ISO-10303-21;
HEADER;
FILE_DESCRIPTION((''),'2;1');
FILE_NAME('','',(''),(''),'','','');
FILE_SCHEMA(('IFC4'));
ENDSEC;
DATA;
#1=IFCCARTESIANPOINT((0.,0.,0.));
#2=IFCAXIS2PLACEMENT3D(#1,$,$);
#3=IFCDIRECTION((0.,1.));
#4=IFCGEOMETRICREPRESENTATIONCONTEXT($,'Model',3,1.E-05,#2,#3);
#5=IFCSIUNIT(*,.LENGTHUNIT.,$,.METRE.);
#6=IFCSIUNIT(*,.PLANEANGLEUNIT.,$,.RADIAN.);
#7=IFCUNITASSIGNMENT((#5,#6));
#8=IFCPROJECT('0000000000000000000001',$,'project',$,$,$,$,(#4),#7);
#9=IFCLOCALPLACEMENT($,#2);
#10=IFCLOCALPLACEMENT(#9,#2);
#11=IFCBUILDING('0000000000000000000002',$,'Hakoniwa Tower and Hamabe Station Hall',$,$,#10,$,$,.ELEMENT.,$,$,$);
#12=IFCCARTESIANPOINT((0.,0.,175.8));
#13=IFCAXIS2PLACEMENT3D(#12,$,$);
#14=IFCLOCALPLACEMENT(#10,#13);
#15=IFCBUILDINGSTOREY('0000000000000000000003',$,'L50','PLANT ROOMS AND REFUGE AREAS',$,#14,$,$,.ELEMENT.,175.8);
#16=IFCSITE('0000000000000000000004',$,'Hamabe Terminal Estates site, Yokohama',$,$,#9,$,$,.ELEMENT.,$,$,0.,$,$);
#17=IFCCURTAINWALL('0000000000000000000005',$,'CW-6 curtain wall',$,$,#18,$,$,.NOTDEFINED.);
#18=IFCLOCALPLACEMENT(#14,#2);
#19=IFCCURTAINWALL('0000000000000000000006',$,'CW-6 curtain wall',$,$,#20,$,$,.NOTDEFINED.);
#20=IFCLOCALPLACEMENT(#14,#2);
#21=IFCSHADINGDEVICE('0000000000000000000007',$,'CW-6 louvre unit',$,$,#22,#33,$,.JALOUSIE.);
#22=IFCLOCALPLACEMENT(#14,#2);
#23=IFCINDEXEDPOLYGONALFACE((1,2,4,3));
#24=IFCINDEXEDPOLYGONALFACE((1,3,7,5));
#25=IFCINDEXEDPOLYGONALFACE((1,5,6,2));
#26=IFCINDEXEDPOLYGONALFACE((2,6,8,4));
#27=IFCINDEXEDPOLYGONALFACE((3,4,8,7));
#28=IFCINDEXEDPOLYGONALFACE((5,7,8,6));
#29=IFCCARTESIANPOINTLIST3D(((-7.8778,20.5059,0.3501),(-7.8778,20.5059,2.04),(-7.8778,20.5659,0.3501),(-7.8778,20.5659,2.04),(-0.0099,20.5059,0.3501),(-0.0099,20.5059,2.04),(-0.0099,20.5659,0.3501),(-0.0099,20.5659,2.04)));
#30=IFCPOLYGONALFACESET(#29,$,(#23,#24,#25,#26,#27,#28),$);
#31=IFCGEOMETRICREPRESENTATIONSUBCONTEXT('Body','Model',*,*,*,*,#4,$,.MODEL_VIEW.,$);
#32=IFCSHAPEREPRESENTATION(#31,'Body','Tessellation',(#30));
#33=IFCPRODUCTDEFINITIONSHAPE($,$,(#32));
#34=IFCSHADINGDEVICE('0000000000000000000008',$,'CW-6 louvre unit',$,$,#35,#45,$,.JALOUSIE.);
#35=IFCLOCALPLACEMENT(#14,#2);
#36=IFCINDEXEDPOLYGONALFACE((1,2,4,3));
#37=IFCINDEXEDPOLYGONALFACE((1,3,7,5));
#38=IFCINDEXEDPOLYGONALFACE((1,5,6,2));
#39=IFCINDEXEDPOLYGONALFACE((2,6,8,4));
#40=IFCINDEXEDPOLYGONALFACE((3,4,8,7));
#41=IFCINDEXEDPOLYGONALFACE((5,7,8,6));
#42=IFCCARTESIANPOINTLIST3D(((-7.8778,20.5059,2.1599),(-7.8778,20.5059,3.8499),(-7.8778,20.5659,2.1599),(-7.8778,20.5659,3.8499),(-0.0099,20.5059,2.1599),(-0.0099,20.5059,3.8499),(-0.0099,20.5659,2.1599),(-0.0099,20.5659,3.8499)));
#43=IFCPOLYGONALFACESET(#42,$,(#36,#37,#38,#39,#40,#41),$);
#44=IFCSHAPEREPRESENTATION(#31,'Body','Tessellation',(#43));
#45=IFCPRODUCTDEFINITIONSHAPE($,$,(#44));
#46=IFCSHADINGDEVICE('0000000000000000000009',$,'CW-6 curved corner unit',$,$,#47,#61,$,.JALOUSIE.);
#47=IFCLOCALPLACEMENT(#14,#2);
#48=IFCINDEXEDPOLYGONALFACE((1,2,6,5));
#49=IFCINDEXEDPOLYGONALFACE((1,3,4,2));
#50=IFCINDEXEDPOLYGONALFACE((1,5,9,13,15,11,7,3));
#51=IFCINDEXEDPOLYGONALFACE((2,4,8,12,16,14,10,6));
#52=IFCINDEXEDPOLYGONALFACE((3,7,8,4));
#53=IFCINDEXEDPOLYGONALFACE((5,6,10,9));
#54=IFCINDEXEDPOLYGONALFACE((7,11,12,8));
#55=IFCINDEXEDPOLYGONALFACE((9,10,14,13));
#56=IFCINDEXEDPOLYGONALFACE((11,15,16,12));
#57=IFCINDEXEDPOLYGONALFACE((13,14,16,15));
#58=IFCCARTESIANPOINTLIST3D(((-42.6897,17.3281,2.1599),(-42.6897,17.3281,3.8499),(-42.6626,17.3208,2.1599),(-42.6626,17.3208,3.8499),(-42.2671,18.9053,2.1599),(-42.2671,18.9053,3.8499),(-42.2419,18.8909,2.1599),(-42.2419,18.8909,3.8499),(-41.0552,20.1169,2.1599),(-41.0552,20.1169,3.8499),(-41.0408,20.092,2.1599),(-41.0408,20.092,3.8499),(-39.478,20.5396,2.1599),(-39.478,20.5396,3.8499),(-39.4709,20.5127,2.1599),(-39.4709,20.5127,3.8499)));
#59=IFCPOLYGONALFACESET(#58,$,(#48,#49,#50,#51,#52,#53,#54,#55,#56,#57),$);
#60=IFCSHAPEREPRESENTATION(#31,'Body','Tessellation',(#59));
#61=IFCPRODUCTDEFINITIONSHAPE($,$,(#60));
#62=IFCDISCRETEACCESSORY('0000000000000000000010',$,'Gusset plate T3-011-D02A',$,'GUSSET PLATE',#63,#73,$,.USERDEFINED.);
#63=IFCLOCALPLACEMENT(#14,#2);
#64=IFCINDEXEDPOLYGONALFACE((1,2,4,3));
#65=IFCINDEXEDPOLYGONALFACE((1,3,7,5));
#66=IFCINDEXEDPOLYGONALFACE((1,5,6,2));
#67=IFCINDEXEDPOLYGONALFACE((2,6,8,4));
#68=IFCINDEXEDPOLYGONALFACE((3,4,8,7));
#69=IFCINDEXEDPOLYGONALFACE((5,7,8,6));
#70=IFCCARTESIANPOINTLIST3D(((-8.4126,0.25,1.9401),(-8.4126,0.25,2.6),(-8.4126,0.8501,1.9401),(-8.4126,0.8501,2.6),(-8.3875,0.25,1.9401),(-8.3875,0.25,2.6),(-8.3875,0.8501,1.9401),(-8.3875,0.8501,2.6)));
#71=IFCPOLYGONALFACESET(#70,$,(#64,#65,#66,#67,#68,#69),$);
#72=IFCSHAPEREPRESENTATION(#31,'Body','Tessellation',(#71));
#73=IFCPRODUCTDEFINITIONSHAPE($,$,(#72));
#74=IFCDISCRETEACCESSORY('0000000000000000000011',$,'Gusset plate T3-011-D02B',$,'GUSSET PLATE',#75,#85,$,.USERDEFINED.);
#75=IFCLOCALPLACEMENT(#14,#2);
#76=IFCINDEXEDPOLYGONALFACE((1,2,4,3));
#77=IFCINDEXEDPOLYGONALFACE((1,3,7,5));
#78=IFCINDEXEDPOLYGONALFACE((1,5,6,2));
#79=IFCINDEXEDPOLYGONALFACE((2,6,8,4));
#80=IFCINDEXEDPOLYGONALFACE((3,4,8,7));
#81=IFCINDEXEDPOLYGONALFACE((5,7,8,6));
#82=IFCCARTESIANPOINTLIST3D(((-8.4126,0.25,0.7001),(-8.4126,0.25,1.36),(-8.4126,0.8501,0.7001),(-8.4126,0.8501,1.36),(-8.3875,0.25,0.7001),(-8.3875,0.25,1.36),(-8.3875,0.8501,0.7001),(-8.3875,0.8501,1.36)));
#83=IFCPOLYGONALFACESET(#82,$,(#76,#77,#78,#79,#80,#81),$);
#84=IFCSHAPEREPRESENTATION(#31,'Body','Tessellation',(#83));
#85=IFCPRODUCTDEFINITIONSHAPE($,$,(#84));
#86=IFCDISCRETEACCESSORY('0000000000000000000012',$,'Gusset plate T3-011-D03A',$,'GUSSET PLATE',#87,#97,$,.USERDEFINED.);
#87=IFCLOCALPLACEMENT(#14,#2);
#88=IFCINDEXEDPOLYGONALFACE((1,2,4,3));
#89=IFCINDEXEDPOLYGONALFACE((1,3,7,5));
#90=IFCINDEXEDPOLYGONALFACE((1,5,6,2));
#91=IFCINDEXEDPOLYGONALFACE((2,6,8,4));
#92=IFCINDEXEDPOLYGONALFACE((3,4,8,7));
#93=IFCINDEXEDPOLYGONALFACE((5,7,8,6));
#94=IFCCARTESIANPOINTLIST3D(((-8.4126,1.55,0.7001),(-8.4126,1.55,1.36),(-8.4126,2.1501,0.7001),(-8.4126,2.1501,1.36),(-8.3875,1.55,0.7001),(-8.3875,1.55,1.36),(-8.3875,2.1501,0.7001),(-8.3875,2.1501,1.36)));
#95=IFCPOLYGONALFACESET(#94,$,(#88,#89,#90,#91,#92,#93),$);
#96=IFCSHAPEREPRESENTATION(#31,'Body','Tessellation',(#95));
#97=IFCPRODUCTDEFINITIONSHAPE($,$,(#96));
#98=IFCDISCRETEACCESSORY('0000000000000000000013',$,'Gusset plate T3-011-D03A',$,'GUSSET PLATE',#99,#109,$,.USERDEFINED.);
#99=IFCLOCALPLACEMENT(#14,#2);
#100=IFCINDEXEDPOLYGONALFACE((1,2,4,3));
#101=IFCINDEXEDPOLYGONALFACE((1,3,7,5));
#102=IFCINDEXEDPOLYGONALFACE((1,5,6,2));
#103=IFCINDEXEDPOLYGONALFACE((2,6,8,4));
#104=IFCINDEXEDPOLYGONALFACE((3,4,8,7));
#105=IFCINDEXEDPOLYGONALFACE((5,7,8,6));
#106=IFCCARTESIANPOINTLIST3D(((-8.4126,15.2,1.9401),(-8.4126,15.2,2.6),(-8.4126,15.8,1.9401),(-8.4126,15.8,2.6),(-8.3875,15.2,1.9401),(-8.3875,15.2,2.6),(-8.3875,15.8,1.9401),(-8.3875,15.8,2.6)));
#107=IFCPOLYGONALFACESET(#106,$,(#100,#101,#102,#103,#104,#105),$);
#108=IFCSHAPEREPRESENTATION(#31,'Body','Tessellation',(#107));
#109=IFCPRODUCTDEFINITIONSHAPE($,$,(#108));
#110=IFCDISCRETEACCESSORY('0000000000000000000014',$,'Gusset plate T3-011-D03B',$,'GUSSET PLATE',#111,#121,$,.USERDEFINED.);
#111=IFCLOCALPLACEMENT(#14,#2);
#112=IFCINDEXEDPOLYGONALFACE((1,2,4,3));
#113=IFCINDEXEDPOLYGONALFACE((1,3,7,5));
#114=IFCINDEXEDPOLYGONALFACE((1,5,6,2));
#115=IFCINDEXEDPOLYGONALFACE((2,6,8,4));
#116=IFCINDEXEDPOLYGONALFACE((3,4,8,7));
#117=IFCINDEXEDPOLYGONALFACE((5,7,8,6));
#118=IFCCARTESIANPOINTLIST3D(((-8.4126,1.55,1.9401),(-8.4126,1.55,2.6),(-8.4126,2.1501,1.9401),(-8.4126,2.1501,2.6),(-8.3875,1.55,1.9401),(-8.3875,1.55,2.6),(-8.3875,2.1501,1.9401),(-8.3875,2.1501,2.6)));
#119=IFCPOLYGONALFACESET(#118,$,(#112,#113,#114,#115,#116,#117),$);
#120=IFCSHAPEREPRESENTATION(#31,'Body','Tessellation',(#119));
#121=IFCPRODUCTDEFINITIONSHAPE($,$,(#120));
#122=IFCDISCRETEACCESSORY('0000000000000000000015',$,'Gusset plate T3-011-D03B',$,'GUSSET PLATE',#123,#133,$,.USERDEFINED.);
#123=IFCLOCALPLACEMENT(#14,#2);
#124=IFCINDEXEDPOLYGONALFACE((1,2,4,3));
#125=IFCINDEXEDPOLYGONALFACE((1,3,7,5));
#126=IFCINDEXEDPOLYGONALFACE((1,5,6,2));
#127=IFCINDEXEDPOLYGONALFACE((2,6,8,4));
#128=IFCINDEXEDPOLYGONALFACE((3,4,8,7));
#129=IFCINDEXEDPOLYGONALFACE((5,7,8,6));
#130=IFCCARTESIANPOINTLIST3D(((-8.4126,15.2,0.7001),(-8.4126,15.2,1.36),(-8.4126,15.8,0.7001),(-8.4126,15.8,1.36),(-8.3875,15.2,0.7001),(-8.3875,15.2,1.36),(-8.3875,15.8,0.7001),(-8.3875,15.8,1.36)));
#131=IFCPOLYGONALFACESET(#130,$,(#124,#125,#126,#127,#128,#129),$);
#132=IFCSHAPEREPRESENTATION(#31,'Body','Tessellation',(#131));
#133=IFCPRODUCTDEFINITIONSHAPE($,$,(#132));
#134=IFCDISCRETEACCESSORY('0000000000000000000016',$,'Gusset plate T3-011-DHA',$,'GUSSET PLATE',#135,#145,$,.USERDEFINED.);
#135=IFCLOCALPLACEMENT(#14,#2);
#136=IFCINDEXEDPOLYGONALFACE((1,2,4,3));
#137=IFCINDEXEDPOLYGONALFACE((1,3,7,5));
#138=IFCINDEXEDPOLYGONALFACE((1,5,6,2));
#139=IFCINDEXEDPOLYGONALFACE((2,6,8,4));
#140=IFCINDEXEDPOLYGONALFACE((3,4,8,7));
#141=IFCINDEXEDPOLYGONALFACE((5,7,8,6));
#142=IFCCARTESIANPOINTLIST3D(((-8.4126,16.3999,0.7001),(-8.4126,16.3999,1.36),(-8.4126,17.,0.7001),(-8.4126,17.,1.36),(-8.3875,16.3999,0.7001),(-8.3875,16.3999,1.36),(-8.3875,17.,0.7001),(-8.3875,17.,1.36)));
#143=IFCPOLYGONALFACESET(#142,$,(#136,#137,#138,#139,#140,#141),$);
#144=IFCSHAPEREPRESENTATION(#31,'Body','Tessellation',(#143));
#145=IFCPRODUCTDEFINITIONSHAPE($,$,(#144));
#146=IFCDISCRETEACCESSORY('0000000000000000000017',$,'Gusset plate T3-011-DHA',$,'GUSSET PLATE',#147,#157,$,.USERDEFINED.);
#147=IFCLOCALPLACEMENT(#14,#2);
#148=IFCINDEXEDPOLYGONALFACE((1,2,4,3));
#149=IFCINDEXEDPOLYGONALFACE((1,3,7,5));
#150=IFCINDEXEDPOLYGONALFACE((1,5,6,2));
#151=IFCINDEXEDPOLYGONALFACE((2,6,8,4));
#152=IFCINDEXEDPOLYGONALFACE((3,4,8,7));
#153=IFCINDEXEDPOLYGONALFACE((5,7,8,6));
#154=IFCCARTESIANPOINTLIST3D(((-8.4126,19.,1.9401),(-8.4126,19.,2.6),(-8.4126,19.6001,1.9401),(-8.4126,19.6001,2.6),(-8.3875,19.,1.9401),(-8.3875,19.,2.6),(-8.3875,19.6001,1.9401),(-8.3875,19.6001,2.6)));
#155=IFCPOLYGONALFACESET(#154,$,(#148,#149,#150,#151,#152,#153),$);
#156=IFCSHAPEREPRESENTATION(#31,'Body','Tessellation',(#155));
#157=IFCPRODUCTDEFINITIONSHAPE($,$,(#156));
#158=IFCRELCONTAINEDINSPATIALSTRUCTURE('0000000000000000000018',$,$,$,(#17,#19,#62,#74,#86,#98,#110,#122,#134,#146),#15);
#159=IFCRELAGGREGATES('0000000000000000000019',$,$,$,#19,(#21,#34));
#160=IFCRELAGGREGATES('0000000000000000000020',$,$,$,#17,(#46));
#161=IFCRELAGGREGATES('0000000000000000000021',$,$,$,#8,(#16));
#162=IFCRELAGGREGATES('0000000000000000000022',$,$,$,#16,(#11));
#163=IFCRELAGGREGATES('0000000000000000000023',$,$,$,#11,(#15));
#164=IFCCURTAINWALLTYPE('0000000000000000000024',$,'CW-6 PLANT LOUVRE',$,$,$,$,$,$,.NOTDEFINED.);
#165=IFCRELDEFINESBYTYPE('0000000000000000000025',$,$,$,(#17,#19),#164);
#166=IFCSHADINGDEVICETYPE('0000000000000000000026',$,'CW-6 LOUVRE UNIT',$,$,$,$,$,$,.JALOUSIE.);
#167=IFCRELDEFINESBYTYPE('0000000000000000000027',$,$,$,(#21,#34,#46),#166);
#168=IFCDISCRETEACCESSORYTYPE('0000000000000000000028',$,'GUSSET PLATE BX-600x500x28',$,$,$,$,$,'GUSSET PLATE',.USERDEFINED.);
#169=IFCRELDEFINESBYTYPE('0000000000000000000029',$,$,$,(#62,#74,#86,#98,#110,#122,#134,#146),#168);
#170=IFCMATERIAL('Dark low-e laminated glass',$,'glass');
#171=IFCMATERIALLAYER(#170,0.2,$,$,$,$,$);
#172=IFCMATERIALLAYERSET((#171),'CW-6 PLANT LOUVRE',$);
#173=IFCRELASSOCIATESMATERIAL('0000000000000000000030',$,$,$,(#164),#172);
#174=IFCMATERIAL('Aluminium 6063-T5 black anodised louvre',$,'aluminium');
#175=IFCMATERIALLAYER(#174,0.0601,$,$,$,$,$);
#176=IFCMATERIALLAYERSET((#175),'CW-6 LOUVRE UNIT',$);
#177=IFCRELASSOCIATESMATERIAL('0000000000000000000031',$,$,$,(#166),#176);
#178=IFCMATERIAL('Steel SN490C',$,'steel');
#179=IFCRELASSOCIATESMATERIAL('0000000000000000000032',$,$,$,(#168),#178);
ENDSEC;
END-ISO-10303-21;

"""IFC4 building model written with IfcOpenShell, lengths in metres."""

from ifc_helpers import new_model, si_unit, direction, frame, origin, origin_2d, place, context, subcontext, project, spatial, polyline, rectangle, outline, extrude, material, layer, layer_set, material_profile, profile_set, type_object, element, aggregate, save


model = new_model("IFC4")

# Units and contexts
model_context = context("Model", 3, precision=1e-05, world=origin(), true_north=direction((0.0, 1.0)))
body_context = subcontext(model_context, "Body", "Model", "MODEL_VIEW")
ifc_project = project(units=[si_unit("LENGTHUNIT", "METRE"), si_unit("PLANEANGLEUNIT", "RADIAN")], contexts=[model_context])

# Site, building, storey
site_placement = place(None, origin())
site = spatial("IfcSite", under=ifc_project, at=site_placement, Name="Hamabe Terminal Estates site, Yokohama", CompositionType="ELEMENT", RefElevation=0.0)
building_placement = place(site_placement, origin())
building = spatial("IfcBuilding", under=site, at=building_placement, Name="Hakoniwa Tower and Hamabe Station Hall", CompositionType="ELEMENT")
storey_placement = place(building_placement, frame((0.0, 0.0, 175.8)))
storey = spatial("IfcBuildingStorey", under=building, at=storey_placement, Name="L50", Description="PLANT ROOMS AND REFUGE AREAS", CompositionType="ELEMENT", Elevation=175.8)

# Curtain walls
ifc_material_1 = material(Name="Dark low-e laminated glass", Category="glass")
ifc_layer_1 = layer(ifc_material_1, 0.2)
ifc_layer_set_1 = layer_set([ifc_layer_1], Name="CW-6 PLANT LOUVRE")
curtain_wall_type = type_object("IfcCurtainWallType", Name="CW-6 PLANT LOUVRE", PredefinedType="NOTDEFINED", material=ifc_layer_set_1)
curtain_wall_1_placement = place(storey_placement, origin())
curtain_wall_1 = element("IfcCurtainWall", 1, at=curtain_wall_1_placement, inside=storey, type_object=curtain_wall_type, Name="CW-6 curtain wall", PredefinedType="NOTDEFINED")
curtain_wall_2_placement = place(storey_placement, origin())
curtain_wall_2 = element("IfcCurtainWall", 2, at=curtain_wall_2_placement, inside=storey, type_object=curtain_wall_type, Name="CW-6 curtain wall", PredefinedType="NOTDEFINED")

# Shading devices
ifc_material_2 = material(Name="Aluminium 6063-T5 black anodised louvre", Category="aluminium")
ifc_layer_2 = layer(ifc_material_2, 0.0601)
ifc_layer_set_2 = layer_set([ifc_layer_2], Name="CW-6 LOUVRE UNIT")
shading_device_type = type_object("IfcShadingDeviceType", Name="CW-6 LOUVRE UNIT", PredefinedType="JALOUSIE", material=ifc_layer_set_2)
shading_device_1_placement = place(storey_placement, frame((-3.9438, 20.5359, 0.3501), z_axis=(0.0, 0.0, 1.0), x_axis=(-1.0, 0.0, 0.0)))
shading_device_1 = element("IfcShadingDevice", 3, at=shading_device_1_placement, type_object=shading_device_type, Name="CW-6 louvre unit", PredefinedType="JALOUSIE", context=body_context, shape_type="SweptSolid", body=[
    extrude(rectangle(XDim=7.8679, YDim=0.0601, at=origin_2d()), origin(), (0.0, 0.0, 1.0), 1.6899),
])
shading_device_2_placement = place(storey_placement, frame((-3.9438, 20.5359, 2.1599), z_axis=(0.0, 0.0, 1.0), x_axis=(-1.0, 0.0, 0.0)))
shading_device_2 = element("IfcShadingDevice", 4, at=shading_device_2_placement, type_object=shading_device_type, Name="CW-6 louvre unit", PredefinedType="JALOUSIE", context=body_context, shape_type="SweptSolid", body=[
    extrude(rectangle(XDim=7.8679, YDim=0.0601, at=origin_2d()), origin(), (0.0, 0.0, 1.0), 1.6899),
])
aggregate(curtain_wall_2, [shading_device_1, shading_device_2])
shading_device_3_placement = place(storey_placement, frame((0.0, 0.0, 2.1599)))
shading_device_3 = element("IfcShadingDevice", 5, at=shading_device_3_placement, type_object=shading_device_type, Name="CW-6 curved corner unit", PredefinedType="JALOUSIE", context=body_context, shape_type="SweptSolid", body=[
    extrude(outline(polyline([(-39.478, 20.5396), (-41.0552, 20.1169), (-42.2671, 18.9053), (-42.6897, 17.3281), (-42.6626, 17.3208), (-42.2419, 18.8909), (-41.0408, 20.092), (-39.4709, 20.5127), (-39.478, 20.5396)])), origin(), (0.0, 0.0, 1.0), 1.6899),
])
aggregate(curtain_wall_1, [shading_device_3])

# Discrete accessories
ifc_material_3 = material(Name="Steel SN490C", Category="steel")
ifc_material_profile_1 = material_profile(ifc_material_3, rectangle(XDim=0.6001, YDim=0.6599, at=origin_2d()), Name="GUSSET PLATE BX-600x500x28")
ifc_profile_set_1 = profile_set([ifc_material_profile_1], Name="Steel SN490C")
discrete_accessory_type = type_object("IfcDiscreteAccessoryType", Name="GUSSET PLATE BX-600x500x28", ElementType="GUSSET PLATE", PredefinedType="USERDEFINED", material=ifc_profile_set_1)
for number, where, z_axis, x_axis, name in (
    (6, (-8.3875, 0.55, 2.27), (-1.0, 0.0, 0.0), (0.0, -1.0, 0.0), "Gusset plate T3-011-D02A"),
    (7, (-8.3875, 0.55, 1.03), (-1.0, 0.0, 0.0), (0.0, -1.0, 0.0), "Gusset plate T3-011-D02B"),
    (8, (-8.3875, 1.8501, 1.03), (-1.0, 0.0, 0.0), (0.0, -1.0, 0.0), "Gusset plate T3-011-D03A"),
    (9, (-8.3875, 15.5, 2.27), (-1.0, 0.0, 0.0), (0.0, -1.0, 0.0), "Gusset plate T3-011-D03A"),
    (10, (-8.3875, 1.8501, 2.27), (-1.0, 0.0, 0.0), (0.0, -1.0, 0.0), "Gusset plate T3-011-D03B"),
    (11, (-8.3875, 15.5, 1.03), (-1.0, 0.0, 0.0), (0.0, -1.0, 0.0), "Gusset plate T3-011-D03B"),
    (12, (-8.3875, 16.7, 1.03), (-1.0, 0.0, 0.0), (0.0, -1.0, 0.0), "Gusset plate T3-011-DHA"),
    (13, (-8.3875, 19.3, 2.27), (-1.0, 0.0, 0.0), (0.0, -1.0, 0.0), "Gusset plate T3-011-DHA"),
):
    element("IfcDiscreteAccessory", number, at=place(storey_placement, frame(where, z_axis=z_axis, x_axis=x_axis)), inside=storey, type_object=discrete_accessory_type, Name=name, ObjectType="GUSSET PLATE", PredefinedType="USERDEFINED", context=body_context, shape_type="SweptSolid", body=[
        extrude(rectangle(XDim=0.6001, YDim=0.6599, at=origin_2d()), origin(), (0.0, 0.0, 1.0), 0.0251),
    ])

save(model, "model.ifc")
